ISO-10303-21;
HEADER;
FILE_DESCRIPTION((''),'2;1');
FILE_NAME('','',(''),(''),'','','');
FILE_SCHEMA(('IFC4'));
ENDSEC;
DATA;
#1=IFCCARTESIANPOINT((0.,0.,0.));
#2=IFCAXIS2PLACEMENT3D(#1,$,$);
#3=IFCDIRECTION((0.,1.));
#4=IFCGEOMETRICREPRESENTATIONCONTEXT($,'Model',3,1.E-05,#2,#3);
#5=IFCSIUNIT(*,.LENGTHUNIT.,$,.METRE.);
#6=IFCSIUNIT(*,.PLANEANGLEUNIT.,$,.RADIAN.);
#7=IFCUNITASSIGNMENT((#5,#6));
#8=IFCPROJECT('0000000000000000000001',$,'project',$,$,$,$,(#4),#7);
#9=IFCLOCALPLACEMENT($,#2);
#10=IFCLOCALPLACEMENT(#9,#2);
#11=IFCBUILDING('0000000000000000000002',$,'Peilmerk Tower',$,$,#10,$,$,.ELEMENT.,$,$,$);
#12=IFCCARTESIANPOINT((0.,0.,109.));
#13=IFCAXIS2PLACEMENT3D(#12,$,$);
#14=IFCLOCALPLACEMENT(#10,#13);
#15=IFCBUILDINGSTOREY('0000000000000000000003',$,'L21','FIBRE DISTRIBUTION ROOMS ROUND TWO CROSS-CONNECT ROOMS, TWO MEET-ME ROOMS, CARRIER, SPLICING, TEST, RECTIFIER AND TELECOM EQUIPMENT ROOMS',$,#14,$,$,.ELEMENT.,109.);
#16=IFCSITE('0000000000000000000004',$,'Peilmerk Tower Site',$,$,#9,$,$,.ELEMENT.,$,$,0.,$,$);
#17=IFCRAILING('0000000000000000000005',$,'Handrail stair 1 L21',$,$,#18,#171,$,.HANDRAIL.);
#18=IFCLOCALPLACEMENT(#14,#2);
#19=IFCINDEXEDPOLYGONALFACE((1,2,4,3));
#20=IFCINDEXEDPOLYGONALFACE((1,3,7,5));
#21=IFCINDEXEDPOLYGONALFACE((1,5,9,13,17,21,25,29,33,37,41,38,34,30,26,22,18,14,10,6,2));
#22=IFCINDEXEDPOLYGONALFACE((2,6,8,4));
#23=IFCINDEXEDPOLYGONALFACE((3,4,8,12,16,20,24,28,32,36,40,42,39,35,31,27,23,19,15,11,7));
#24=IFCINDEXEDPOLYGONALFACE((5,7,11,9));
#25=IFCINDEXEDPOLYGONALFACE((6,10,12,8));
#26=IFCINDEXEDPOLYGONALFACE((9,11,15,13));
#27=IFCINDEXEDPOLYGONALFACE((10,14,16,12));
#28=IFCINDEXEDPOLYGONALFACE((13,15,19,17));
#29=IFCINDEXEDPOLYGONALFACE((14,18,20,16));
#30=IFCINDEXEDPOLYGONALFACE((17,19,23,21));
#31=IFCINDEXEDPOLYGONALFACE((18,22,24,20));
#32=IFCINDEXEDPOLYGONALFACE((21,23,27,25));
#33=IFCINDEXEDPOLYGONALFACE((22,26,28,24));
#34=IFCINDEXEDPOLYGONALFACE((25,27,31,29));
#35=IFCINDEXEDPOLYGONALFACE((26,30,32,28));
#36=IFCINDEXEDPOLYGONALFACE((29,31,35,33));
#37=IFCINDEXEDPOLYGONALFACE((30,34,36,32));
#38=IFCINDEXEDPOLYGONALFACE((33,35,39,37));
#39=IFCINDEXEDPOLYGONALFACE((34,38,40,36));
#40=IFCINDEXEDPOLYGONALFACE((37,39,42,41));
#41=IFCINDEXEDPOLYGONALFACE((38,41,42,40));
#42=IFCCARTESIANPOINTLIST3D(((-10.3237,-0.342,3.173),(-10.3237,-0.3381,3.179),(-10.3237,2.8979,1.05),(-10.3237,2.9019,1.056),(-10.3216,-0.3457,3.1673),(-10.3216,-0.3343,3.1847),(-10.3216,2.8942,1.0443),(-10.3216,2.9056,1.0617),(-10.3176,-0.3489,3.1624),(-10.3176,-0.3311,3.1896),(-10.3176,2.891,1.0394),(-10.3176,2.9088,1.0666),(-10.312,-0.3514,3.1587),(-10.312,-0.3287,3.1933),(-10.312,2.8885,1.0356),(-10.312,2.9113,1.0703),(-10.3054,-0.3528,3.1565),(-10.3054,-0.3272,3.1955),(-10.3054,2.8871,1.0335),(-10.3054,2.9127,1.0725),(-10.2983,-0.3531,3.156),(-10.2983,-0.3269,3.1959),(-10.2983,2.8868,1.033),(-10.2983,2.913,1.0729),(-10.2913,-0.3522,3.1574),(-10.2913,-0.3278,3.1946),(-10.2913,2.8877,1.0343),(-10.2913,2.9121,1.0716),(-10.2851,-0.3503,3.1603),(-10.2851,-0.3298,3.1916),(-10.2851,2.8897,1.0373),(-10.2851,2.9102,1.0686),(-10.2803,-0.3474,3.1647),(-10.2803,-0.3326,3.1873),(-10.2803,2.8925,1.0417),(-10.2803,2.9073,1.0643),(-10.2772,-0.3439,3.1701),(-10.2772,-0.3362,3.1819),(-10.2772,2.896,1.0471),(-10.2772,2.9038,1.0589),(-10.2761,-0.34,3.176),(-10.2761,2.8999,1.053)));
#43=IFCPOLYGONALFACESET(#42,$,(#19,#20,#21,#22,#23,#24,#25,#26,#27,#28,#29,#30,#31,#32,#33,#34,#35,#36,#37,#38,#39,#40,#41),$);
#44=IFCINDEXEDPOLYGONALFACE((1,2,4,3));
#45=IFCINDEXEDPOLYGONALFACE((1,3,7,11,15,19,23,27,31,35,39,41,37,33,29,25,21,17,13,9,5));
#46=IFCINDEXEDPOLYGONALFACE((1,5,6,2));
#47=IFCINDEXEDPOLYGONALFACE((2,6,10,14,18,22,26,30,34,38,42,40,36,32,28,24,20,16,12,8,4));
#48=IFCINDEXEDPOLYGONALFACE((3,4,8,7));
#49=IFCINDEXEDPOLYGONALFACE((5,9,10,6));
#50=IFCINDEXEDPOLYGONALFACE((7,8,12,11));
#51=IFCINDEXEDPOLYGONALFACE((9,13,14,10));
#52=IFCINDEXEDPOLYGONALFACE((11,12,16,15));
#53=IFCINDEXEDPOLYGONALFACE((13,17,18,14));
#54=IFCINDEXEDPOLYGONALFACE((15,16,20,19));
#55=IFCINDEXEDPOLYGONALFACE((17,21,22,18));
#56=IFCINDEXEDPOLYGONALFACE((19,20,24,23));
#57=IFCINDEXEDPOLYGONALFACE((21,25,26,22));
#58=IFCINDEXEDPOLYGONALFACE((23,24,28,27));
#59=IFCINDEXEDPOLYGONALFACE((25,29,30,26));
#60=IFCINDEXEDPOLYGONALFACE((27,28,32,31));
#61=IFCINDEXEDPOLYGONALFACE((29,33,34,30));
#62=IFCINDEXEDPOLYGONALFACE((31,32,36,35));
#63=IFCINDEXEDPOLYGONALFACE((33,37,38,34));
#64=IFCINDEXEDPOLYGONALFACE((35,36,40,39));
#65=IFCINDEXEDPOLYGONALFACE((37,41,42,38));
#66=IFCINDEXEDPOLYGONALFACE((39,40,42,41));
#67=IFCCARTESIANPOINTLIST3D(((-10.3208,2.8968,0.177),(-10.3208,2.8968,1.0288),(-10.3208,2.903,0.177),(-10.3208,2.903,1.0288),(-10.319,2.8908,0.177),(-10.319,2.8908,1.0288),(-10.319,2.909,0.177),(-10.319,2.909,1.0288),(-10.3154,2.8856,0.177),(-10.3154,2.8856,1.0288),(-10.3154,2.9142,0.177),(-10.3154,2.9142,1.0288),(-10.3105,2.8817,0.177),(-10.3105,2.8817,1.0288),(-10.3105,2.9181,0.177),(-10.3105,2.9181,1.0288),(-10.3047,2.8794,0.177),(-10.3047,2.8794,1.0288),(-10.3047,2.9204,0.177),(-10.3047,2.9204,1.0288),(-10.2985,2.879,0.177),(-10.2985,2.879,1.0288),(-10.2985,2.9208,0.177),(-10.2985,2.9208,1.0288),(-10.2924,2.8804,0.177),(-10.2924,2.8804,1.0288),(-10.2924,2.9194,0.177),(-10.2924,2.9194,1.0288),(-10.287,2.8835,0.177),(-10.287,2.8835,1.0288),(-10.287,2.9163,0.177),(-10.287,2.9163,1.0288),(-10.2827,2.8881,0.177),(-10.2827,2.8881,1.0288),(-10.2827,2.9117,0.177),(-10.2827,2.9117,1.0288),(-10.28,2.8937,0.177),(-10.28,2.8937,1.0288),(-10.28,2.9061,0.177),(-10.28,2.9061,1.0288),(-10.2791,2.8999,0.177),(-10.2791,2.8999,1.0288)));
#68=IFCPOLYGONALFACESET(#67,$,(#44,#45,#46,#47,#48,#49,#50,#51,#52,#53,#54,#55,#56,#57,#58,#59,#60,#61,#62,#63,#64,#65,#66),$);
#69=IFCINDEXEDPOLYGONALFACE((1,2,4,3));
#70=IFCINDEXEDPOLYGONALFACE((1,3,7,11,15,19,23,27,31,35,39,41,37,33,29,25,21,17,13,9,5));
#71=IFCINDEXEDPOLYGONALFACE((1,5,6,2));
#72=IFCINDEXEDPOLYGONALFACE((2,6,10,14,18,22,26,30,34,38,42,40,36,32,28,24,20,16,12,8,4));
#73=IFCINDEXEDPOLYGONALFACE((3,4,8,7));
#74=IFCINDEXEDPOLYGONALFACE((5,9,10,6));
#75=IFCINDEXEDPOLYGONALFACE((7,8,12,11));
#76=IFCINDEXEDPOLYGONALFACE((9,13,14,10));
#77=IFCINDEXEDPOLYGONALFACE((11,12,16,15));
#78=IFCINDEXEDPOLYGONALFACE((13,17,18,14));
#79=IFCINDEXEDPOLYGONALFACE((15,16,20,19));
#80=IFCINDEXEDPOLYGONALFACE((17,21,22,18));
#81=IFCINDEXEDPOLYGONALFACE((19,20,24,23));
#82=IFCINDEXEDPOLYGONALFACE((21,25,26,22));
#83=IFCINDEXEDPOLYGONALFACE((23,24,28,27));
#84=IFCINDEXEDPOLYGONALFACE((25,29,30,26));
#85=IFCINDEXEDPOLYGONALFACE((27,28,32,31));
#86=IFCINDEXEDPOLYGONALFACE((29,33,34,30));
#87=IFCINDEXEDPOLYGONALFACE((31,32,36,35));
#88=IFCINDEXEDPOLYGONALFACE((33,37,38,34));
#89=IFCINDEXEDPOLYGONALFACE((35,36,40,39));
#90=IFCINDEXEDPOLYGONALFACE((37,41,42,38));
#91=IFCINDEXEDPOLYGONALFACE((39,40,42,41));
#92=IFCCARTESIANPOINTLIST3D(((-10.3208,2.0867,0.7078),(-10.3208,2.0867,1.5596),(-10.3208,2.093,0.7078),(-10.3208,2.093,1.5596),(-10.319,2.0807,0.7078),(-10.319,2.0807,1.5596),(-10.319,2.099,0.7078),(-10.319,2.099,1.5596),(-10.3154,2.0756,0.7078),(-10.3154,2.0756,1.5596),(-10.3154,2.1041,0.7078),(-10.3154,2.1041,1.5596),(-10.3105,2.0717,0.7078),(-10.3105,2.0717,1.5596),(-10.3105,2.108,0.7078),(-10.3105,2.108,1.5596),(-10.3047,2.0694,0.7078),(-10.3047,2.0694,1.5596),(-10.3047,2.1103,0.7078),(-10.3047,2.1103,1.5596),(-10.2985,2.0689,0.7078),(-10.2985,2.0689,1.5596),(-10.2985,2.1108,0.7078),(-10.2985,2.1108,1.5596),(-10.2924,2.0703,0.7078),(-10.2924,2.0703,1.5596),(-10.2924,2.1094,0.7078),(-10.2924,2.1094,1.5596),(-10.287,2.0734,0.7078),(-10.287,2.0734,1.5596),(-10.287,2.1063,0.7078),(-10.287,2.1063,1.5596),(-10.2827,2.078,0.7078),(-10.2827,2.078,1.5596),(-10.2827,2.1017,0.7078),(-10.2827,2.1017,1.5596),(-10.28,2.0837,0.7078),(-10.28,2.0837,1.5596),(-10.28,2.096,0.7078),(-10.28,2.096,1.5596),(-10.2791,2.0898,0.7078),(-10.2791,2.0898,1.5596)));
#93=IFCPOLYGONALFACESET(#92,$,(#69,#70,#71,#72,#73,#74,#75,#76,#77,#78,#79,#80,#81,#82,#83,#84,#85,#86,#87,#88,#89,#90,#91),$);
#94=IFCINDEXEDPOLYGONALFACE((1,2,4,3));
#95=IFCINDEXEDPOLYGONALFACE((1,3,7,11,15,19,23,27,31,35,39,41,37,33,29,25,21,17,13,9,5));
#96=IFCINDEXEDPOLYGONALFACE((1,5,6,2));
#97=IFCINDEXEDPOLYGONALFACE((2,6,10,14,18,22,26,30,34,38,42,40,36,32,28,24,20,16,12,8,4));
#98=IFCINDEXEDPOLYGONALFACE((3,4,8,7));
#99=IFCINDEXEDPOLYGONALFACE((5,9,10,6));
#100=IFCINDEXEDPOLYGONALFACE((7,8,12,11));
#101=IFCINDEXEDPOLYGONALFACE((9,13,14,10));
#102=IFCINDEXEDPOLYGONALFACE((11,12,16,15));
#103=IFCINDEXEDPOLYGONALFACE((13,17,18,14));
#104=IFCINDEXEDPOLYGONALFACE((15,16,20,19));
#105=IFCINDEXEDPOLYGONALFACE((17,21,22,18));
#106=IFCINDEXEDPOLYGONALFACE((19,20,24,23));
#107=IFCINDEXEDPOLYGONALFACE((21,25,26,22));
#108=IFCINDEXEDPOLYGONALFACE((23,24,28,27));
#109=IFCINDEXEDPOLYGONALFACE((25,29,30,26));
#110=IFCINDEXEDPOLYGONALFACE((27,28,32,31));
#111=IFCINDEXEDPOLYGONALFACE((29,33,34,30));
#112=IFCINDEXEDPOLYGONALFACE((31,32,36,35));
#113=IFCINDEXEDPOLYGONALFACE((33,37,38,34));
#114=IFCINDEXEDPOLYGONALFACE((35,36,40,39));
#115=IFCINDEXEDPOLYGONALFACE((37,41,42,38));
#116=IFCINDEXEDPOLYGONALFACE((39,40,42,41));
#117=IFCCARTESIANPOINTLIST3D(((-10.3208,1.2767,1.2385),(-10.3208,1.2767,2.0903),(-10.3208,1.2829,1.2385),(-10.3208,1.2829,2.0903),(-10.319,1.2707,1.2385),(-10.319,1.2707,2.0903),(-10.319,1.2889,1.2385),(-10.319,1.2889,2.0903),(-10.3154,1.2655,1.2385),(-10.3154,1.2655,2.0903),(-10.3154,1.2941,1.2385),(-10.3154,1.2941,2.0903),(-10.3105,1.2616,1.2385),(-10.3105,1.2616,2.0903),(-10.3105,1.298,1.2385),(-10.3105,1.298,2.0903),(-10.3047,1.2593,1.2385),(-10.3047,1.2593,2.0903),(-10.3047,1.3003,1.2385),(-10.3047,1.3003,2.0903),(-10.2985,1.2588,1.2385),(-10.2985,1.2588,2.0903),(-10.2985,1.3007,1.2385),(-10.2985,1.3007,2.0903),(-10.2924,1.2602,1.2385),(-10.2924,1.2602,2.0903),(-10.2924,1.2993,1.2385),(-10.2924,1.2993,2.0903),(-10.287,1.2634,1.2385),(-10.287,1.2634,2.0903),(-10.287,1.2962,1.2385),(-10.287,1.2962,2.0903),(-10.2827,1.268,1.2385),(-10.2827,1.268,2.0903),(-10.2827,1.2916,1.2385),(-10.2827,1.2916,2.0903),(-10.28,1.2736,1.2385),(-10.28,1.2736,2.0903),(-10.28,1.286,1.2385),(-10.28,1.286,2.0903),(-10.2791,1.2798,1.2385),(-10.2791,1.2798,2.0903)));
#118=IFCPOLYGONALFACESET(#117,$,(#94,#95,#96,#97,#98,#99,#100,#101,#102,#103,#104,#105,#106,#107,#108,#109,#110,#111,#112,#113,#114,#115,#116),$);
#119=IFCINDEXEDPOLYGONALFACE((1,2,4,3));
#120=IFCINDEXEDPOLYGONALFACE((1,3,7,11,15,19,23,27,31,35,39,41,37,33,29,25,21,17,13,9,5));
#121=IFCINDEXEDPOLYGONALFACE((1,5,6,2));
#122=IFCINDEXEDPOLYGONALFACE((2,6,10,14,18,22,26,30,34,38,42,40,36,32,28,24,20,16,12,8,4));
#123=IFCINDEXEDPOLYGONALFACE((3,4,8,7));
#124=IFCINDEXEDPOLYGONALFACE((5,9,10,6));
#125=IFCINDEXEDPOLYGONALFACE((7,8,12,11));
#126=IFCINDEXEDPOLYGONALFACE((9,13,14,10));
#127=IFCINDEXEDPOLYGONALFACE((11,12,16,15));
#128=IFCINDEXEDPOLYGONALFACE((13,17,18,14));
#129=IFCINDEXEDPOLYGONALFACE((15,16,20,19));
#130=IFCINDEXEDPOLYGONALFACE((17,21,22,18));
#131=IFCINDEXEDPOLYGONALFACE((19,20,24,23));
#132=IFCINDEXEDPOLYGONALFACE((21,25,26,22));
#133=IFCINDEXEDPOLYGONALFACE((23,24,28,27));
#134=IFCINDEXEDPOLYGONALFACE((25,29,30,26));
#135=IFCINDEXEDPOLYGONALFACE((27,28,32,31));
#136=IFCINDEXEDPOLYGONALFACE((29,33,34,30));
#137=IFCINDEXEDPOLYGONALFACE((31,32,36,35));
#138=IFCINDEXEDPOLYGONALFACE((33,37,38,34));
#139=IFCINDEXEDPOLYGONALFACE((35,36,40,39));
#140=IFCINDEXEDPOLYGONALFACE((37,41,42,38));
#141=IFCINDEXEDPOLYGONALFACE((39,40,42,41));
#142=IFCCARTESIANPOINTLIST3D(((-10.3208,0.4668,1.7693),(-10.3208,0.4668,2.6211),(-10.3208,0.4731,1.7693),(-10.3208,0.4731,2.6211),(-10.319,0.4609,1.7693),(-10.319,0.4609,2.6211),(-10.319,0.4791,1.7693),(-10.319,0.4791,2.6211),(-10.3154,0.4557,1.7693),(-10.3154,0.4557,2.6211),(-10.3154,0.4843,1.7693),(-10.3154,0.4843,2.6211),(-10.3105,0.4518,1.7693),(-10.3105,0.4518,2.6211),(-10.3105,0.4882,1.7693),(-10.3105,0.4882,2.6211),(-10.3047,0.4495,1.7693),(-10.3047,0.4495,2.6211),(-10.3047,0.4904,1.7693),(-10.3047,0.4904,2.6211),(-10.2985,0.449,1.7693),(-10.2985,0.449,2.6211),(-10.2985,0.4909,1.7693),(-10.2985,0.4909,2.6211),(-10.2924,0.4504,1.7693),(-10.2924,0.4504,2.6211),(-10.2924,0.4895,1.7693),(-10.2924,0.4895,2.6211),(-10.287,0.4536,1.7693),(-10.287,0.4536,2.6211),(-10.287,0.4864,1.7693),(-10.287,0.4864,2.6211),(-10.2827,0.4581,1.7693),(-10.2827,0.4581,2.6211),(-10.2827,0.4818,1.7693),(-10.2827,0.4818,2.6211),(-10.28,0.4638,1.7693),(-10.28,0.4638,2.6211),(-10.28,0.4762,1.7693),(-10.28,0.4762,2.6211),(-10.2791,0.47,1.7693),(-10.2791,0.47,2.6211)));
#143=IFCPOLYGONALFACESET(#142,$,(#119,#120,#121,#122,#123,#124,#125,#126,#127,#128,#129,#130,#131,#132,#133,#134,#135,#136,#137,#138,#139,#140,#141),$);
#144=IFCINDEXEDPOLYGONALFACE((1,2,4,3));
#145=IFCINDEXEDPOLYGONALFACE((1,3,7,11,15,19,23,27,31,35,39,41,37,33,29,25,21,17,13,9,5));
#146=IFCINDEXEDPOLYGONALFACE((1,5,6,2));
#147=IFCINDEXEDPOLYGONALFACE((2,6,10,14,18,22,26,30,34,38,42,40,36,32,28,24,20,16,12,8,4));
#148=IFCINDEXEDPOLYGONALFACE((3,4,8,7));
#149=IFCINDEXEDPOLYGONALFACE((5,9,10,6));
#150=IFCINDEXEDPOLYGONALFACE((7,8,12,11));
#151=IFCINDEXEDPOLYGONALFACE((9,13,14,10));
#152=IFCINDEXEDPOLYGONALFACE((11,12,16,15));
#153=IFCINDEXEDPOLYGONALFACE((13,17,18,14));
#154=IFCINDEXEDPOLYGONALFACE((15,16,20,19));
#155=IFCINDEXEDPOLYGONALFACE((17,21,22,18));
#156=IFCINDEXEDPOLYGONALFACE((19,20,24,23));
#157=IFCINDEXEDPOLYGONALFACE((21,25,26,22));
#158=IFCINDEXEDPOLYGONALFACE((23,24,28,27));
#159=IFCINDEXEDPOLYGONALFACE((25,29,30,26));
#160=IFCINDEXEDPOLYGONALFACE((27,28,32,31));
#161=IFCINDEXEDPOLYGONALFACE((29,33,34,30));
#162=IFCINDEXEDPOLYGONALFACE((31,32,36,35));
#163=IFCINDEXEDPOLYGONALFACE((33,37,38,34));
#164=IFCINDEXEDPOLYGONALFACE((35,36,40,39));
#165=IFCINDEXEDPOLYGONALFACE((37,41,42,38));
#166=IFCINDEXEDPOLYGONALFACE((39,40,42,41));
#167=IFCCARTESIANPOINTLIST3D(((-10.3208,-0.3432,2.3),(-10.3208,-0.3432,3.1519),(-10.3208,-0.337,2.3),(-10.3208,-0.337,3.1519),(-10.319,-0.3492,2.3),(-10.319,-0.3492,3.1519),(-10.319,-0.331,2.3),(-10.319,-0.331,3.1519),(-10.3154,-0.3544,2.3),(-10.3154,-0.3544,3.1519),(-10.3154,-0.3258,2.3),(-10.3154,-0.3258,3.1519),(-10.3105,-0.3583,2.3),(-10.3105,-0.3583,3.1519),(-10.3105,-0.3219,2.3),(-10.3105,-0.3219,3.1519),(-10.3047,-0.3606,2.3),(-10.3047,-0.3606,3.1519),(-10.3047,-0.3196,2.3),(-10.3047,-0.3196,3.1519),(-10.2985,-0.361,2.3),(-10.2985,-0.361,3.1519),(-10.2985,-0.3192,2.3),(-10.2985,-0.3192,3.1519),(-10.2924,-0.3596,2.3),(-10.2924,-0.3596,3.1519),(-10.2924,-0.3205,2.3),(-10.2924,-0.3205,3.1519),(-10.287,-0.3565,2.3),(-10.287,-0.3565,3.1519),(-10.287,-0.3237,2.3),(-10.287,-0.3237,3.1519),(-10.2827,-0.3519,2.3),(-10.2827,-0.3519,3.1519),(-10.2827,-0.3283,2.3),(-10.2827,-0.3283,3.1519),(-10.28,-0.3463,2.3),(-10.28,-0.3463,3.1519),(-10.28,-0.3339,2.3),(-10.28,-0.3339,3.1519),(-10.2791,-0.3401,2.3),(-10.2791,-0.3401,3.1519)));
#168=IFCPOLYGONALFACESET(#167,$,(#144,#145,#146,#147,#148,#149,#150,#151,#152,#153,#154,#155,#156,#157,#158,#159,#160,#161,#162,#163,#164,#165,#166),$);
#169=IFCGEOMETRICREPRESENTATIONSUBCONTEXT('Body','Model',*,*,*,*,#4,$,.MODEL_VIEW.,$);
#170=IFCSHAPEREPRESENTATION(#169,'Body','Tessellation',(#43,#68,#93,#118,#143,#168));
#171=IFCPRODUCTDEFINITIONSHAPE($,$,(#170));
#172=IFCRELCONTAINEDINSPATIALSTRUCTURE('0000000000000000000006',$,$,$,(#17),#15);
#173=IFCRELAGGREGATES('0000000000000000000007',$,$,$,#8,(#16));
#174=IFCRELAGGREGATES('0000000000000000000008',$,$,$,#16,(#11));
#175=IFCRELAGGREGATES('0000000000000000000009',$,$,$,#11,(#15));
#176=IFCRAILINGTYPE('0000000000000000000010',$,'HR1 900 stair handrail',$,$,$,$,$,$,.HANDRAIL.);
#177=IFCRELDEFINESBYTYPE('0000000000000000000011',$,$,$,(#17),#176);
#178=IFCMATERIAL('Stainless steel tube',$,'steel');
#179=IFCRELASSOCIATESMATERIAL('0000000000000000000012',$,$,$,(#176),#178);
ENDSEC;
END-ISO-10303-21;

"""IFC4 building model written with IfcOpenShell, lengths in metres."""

from ifc_helpers import new_model, si_unit, direction, frame, origin, origin_2d, place, context, subcontext, project, spatial, circle, extrude, material, type_object, element, save


model = new_model("IFC4")

# Units and contexts
model_context = context("Model", 3, precision=1e-05, world=origin(), true_north=direction((0.0, 1.0)))
body_context = subcontext(model_context, "Body", "Model", "MODEL_VIEW")
ifc_project = project(units=[si_unit("LENGTHUNIT", "METRE"), si_unit("PLANEANGLEUNIT", "RADIAN")], contexts=[model_context])

# Site, building, storey
site_placement = place(None, origin())
site = spatial("IfcSite", under=ifc_project, at=site_placement, Name="Peilmerk Tower Site", CompositionType="ELEMENT", RefElevation=0.0)
building_placement = place(site_placement, origin())
building = spatial("IfcBuilding", under=site, at=building_placement, Name="Peilmerk Tower", CompositionType="ELEMENT")
storey_placement = place(building_placement, frame((0.0, 0.0, 109.0)))
storey = spatial("IfcBuildingStorey", under=building, at=storey_placement, Name="L21", Description="FIBRE DISTRIBUTION ROOMS ROUND TWO CROSS-CONNECT ROOMS, TWO MEET-ME ROOMS, CARRIER, SPLICING, TEST, RECTIFIER AND TELECOM EQUIPMENT ROOMS", CompositionType="ELEMENT", Elevation=109.0)

# Railing
ifc_material_1 = material(Name="Stainless steel tube", Category="steel")
railing_type_1 = type_object("IfcRailingType", Name="HR1 900 stair handrail", PredefinedType="HANDRAIL", material=ifc_material_1)
railing_1_placement = place(storey_placement, frame((-10.3, 2.8999, 0.177)))
element("IfcRailing", 1, at=railing_1_placement, inside=storey, type_object=railing_type_1, Name="Handrail stair 1 L21", PredefinedType="HANDRAIL", context=body_context, shape_type="SweptSolid", body=[
    extrude(circle(Radius=0.0239, at=origin_2d()), frame((0.0, 0.0, 0.876), z_axis=(0.0, -0.836426, 0.548079), x_axis=(1.0, 0.0, 0.0)), (0.0, 0.0, 1.0), 3.8735),
    extrude(circle(Radius=0.021, at=origin_2d()), origin(), (0.0, 0.0, 1.0), 0.8518),
    extrude(circle(Radius=0.021, at=origin_2d()), frame((0.0, -0.8101, 0.5308)), (0.0, 0.0, 1.0), 0.8518),
    extrude(circle(Radius=0.021, at=origin_2d()), frame((0.0, -1.6201, 1.0615)), (0.0, 0.0, 1.0), 0.8518),
    extrude(circle(Radius=0.021, at=origin_2d()), frame((0.0, -2.4299, 1.5923)), (0.0, 0.0, 1.0), 0.8518),
    extrude(circle(Radius=0.021, at=origin_2d()), frame((0.0, -3.24, 2.123)), (0.0, 0.0, 1.0), 0.8518),
])

save(model, "model.ifc")
